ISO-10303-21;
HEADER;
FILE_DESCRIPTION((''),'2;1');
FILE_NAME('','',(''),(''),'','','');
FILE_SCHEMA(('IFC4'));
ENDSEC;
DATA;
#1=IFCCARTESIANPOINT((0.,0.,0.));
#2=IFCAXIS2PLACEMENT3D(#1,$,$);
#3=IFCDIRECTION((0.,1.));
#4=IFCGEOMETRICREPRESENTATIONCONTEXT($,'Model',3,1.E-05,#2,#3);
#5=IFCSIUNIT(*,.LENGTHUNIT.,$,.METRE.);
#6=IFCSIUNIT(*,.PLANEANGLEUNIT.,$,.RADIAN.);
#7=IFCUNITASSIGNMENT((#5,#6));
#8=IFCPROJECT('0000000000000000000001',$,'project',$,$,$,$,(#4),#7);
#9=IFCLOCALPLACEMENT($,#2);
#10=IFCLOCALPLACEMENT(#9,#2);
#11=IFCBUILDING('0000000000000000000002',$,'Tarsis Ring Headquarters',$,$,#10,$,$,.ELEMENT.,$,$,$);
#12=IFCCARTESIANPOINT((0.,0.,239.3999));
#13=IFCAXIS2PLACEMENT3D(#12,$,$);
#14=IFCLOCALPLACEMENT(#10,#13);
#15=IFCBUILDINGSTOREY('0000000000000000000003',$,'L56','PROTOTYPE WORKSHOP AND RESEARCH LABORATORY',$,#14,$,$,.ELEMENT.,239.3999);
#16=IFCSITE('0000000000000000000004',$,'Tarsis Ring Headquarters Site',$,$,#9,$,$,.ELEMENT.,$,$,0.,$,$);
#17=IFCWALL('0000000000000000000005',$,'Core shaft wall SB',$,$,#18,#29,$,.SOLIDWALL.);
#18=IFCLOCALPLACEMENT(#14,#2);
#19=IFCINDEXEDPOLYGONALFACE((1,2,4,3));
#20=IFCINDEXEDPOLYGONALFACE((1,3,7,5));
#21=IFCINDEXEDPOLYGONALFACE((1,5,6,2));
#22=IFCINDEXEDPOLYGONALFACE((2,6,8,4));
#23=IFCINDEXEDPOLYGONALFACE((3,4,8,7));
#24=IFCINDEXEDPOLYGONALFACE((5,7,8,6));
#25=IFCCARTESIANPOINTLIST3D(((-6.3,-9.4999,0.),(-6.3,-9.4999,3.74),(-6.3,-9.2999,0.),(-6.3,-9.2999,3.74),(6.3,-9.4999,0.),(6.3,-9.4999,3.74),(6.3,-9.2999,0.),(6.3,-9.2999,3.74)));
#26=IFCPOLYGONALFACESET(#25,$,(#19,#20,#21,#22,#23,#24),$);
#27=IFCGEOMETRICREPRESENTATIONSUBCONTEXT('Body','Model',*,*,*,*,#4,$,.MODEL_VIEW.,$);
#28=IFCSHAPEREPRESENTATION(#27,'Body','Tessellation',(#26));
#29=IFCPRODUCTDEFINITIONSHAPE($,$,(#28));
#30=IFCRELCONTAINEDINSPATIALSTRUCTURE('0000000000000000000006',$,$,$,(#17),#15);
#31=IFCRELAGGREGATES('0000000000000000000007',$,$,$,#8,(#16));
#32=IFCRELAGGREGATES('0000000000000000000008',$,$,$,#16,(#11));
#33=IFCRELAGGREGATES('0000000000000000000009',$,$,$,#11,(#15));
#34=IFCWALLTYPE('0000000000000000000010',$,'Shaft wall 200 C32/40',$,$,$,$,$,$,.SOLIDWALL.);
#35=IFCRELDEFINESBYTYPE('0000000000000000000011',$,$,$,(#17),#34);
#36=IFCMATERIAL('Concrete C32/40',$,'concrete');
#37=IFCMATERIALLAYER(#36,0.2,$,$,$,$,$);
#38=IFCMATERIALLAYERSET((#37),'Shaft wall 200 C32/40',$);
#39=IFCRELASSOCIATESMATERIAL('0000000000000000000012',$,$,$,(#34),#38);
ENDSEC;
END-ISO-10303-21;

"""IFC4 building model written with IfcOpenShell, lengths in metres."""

from ifc_helpers import new_model, si_unit, direction, frame, frame_2d, origin, place, context, subcontext, project, spatial, rectangle, extrude, material, layer, layer_set, type_object, element, save


model = new_model("IFC4")

# Units and contexts
model_context = context("Model", 3, precision=1e-05, world=origin(), true_north=direction((0.0, 1.0)))
body_context = subcontext(model_context, "Body", "Model", "MODEL_VIEW")
ifc_project = project(units=[si_unit("LENGTHUNIT", "METRE"), si_unit("PLANEANGLEUNIT", "RADIAN")], contexts=[model_context])

# Site, building, storey
site_placement = place(None, origin())
site = spatial("IfcSite", under=ifc_project, at=site_placement, Name="Tarsis Ring Headquarters Site", CompositionType="ELEMENT", RefElevation=0.0)
building_placement = place(site_placement, origin())
building = spatial("IfcBuilding", under=site, at=building_placement, Name="Tarsis Ring Headquarters", CompositionType="ELEMENT")
storey_placement = place(building_placement, frame((0.0, 0.0, 239.3999)))
storey = spatial("IfcBuildingStorey", under=building, at=storey_placement, Name="L56", Description="PROTOTYPE WORKSHOP AND RESEARCH LABORATORY", CompositionType="ELEMENT", Elevation=239.3999)

# Wall
ifc_material_1 = material(Name="Concrete C32/40", Category="concrete")
ifc_layer_1 = layer(ifc_material_1, 0.2)
ifc_layer_set_1 = layer_set([ifc_layer_1], Name="Shaft wall 200 C32/40")
wall_type_1 = type_object("IfcWallType", Name="Shaft wall 200 C32/40", PredefinedType="SOLIDWALL", material=ifc_layer_set_1)
wall_1_placement = place(storey_placement, frame((-6.3, -9.3999, 0.0), z_axis=(0.0, 0.0, 1.0), x_axis=(1.0, 0.0, 0.0)))
element("IfcWall", 1, at=wall_1_placement, inside=storey, type_object=wall_type_1, Name="Core shaft wall SB", PredefinedType="SOLIDWALL", context=body_context, shape_type="SweptSolid", body=[
    extrude(rectangle(XDim=12.6001, YDim=0.2, at=frame_2d((6.3, 0.0))), origin(), (0.0, 0.0, 1.0), 3.74),
])

save(model, "model.ifc")
